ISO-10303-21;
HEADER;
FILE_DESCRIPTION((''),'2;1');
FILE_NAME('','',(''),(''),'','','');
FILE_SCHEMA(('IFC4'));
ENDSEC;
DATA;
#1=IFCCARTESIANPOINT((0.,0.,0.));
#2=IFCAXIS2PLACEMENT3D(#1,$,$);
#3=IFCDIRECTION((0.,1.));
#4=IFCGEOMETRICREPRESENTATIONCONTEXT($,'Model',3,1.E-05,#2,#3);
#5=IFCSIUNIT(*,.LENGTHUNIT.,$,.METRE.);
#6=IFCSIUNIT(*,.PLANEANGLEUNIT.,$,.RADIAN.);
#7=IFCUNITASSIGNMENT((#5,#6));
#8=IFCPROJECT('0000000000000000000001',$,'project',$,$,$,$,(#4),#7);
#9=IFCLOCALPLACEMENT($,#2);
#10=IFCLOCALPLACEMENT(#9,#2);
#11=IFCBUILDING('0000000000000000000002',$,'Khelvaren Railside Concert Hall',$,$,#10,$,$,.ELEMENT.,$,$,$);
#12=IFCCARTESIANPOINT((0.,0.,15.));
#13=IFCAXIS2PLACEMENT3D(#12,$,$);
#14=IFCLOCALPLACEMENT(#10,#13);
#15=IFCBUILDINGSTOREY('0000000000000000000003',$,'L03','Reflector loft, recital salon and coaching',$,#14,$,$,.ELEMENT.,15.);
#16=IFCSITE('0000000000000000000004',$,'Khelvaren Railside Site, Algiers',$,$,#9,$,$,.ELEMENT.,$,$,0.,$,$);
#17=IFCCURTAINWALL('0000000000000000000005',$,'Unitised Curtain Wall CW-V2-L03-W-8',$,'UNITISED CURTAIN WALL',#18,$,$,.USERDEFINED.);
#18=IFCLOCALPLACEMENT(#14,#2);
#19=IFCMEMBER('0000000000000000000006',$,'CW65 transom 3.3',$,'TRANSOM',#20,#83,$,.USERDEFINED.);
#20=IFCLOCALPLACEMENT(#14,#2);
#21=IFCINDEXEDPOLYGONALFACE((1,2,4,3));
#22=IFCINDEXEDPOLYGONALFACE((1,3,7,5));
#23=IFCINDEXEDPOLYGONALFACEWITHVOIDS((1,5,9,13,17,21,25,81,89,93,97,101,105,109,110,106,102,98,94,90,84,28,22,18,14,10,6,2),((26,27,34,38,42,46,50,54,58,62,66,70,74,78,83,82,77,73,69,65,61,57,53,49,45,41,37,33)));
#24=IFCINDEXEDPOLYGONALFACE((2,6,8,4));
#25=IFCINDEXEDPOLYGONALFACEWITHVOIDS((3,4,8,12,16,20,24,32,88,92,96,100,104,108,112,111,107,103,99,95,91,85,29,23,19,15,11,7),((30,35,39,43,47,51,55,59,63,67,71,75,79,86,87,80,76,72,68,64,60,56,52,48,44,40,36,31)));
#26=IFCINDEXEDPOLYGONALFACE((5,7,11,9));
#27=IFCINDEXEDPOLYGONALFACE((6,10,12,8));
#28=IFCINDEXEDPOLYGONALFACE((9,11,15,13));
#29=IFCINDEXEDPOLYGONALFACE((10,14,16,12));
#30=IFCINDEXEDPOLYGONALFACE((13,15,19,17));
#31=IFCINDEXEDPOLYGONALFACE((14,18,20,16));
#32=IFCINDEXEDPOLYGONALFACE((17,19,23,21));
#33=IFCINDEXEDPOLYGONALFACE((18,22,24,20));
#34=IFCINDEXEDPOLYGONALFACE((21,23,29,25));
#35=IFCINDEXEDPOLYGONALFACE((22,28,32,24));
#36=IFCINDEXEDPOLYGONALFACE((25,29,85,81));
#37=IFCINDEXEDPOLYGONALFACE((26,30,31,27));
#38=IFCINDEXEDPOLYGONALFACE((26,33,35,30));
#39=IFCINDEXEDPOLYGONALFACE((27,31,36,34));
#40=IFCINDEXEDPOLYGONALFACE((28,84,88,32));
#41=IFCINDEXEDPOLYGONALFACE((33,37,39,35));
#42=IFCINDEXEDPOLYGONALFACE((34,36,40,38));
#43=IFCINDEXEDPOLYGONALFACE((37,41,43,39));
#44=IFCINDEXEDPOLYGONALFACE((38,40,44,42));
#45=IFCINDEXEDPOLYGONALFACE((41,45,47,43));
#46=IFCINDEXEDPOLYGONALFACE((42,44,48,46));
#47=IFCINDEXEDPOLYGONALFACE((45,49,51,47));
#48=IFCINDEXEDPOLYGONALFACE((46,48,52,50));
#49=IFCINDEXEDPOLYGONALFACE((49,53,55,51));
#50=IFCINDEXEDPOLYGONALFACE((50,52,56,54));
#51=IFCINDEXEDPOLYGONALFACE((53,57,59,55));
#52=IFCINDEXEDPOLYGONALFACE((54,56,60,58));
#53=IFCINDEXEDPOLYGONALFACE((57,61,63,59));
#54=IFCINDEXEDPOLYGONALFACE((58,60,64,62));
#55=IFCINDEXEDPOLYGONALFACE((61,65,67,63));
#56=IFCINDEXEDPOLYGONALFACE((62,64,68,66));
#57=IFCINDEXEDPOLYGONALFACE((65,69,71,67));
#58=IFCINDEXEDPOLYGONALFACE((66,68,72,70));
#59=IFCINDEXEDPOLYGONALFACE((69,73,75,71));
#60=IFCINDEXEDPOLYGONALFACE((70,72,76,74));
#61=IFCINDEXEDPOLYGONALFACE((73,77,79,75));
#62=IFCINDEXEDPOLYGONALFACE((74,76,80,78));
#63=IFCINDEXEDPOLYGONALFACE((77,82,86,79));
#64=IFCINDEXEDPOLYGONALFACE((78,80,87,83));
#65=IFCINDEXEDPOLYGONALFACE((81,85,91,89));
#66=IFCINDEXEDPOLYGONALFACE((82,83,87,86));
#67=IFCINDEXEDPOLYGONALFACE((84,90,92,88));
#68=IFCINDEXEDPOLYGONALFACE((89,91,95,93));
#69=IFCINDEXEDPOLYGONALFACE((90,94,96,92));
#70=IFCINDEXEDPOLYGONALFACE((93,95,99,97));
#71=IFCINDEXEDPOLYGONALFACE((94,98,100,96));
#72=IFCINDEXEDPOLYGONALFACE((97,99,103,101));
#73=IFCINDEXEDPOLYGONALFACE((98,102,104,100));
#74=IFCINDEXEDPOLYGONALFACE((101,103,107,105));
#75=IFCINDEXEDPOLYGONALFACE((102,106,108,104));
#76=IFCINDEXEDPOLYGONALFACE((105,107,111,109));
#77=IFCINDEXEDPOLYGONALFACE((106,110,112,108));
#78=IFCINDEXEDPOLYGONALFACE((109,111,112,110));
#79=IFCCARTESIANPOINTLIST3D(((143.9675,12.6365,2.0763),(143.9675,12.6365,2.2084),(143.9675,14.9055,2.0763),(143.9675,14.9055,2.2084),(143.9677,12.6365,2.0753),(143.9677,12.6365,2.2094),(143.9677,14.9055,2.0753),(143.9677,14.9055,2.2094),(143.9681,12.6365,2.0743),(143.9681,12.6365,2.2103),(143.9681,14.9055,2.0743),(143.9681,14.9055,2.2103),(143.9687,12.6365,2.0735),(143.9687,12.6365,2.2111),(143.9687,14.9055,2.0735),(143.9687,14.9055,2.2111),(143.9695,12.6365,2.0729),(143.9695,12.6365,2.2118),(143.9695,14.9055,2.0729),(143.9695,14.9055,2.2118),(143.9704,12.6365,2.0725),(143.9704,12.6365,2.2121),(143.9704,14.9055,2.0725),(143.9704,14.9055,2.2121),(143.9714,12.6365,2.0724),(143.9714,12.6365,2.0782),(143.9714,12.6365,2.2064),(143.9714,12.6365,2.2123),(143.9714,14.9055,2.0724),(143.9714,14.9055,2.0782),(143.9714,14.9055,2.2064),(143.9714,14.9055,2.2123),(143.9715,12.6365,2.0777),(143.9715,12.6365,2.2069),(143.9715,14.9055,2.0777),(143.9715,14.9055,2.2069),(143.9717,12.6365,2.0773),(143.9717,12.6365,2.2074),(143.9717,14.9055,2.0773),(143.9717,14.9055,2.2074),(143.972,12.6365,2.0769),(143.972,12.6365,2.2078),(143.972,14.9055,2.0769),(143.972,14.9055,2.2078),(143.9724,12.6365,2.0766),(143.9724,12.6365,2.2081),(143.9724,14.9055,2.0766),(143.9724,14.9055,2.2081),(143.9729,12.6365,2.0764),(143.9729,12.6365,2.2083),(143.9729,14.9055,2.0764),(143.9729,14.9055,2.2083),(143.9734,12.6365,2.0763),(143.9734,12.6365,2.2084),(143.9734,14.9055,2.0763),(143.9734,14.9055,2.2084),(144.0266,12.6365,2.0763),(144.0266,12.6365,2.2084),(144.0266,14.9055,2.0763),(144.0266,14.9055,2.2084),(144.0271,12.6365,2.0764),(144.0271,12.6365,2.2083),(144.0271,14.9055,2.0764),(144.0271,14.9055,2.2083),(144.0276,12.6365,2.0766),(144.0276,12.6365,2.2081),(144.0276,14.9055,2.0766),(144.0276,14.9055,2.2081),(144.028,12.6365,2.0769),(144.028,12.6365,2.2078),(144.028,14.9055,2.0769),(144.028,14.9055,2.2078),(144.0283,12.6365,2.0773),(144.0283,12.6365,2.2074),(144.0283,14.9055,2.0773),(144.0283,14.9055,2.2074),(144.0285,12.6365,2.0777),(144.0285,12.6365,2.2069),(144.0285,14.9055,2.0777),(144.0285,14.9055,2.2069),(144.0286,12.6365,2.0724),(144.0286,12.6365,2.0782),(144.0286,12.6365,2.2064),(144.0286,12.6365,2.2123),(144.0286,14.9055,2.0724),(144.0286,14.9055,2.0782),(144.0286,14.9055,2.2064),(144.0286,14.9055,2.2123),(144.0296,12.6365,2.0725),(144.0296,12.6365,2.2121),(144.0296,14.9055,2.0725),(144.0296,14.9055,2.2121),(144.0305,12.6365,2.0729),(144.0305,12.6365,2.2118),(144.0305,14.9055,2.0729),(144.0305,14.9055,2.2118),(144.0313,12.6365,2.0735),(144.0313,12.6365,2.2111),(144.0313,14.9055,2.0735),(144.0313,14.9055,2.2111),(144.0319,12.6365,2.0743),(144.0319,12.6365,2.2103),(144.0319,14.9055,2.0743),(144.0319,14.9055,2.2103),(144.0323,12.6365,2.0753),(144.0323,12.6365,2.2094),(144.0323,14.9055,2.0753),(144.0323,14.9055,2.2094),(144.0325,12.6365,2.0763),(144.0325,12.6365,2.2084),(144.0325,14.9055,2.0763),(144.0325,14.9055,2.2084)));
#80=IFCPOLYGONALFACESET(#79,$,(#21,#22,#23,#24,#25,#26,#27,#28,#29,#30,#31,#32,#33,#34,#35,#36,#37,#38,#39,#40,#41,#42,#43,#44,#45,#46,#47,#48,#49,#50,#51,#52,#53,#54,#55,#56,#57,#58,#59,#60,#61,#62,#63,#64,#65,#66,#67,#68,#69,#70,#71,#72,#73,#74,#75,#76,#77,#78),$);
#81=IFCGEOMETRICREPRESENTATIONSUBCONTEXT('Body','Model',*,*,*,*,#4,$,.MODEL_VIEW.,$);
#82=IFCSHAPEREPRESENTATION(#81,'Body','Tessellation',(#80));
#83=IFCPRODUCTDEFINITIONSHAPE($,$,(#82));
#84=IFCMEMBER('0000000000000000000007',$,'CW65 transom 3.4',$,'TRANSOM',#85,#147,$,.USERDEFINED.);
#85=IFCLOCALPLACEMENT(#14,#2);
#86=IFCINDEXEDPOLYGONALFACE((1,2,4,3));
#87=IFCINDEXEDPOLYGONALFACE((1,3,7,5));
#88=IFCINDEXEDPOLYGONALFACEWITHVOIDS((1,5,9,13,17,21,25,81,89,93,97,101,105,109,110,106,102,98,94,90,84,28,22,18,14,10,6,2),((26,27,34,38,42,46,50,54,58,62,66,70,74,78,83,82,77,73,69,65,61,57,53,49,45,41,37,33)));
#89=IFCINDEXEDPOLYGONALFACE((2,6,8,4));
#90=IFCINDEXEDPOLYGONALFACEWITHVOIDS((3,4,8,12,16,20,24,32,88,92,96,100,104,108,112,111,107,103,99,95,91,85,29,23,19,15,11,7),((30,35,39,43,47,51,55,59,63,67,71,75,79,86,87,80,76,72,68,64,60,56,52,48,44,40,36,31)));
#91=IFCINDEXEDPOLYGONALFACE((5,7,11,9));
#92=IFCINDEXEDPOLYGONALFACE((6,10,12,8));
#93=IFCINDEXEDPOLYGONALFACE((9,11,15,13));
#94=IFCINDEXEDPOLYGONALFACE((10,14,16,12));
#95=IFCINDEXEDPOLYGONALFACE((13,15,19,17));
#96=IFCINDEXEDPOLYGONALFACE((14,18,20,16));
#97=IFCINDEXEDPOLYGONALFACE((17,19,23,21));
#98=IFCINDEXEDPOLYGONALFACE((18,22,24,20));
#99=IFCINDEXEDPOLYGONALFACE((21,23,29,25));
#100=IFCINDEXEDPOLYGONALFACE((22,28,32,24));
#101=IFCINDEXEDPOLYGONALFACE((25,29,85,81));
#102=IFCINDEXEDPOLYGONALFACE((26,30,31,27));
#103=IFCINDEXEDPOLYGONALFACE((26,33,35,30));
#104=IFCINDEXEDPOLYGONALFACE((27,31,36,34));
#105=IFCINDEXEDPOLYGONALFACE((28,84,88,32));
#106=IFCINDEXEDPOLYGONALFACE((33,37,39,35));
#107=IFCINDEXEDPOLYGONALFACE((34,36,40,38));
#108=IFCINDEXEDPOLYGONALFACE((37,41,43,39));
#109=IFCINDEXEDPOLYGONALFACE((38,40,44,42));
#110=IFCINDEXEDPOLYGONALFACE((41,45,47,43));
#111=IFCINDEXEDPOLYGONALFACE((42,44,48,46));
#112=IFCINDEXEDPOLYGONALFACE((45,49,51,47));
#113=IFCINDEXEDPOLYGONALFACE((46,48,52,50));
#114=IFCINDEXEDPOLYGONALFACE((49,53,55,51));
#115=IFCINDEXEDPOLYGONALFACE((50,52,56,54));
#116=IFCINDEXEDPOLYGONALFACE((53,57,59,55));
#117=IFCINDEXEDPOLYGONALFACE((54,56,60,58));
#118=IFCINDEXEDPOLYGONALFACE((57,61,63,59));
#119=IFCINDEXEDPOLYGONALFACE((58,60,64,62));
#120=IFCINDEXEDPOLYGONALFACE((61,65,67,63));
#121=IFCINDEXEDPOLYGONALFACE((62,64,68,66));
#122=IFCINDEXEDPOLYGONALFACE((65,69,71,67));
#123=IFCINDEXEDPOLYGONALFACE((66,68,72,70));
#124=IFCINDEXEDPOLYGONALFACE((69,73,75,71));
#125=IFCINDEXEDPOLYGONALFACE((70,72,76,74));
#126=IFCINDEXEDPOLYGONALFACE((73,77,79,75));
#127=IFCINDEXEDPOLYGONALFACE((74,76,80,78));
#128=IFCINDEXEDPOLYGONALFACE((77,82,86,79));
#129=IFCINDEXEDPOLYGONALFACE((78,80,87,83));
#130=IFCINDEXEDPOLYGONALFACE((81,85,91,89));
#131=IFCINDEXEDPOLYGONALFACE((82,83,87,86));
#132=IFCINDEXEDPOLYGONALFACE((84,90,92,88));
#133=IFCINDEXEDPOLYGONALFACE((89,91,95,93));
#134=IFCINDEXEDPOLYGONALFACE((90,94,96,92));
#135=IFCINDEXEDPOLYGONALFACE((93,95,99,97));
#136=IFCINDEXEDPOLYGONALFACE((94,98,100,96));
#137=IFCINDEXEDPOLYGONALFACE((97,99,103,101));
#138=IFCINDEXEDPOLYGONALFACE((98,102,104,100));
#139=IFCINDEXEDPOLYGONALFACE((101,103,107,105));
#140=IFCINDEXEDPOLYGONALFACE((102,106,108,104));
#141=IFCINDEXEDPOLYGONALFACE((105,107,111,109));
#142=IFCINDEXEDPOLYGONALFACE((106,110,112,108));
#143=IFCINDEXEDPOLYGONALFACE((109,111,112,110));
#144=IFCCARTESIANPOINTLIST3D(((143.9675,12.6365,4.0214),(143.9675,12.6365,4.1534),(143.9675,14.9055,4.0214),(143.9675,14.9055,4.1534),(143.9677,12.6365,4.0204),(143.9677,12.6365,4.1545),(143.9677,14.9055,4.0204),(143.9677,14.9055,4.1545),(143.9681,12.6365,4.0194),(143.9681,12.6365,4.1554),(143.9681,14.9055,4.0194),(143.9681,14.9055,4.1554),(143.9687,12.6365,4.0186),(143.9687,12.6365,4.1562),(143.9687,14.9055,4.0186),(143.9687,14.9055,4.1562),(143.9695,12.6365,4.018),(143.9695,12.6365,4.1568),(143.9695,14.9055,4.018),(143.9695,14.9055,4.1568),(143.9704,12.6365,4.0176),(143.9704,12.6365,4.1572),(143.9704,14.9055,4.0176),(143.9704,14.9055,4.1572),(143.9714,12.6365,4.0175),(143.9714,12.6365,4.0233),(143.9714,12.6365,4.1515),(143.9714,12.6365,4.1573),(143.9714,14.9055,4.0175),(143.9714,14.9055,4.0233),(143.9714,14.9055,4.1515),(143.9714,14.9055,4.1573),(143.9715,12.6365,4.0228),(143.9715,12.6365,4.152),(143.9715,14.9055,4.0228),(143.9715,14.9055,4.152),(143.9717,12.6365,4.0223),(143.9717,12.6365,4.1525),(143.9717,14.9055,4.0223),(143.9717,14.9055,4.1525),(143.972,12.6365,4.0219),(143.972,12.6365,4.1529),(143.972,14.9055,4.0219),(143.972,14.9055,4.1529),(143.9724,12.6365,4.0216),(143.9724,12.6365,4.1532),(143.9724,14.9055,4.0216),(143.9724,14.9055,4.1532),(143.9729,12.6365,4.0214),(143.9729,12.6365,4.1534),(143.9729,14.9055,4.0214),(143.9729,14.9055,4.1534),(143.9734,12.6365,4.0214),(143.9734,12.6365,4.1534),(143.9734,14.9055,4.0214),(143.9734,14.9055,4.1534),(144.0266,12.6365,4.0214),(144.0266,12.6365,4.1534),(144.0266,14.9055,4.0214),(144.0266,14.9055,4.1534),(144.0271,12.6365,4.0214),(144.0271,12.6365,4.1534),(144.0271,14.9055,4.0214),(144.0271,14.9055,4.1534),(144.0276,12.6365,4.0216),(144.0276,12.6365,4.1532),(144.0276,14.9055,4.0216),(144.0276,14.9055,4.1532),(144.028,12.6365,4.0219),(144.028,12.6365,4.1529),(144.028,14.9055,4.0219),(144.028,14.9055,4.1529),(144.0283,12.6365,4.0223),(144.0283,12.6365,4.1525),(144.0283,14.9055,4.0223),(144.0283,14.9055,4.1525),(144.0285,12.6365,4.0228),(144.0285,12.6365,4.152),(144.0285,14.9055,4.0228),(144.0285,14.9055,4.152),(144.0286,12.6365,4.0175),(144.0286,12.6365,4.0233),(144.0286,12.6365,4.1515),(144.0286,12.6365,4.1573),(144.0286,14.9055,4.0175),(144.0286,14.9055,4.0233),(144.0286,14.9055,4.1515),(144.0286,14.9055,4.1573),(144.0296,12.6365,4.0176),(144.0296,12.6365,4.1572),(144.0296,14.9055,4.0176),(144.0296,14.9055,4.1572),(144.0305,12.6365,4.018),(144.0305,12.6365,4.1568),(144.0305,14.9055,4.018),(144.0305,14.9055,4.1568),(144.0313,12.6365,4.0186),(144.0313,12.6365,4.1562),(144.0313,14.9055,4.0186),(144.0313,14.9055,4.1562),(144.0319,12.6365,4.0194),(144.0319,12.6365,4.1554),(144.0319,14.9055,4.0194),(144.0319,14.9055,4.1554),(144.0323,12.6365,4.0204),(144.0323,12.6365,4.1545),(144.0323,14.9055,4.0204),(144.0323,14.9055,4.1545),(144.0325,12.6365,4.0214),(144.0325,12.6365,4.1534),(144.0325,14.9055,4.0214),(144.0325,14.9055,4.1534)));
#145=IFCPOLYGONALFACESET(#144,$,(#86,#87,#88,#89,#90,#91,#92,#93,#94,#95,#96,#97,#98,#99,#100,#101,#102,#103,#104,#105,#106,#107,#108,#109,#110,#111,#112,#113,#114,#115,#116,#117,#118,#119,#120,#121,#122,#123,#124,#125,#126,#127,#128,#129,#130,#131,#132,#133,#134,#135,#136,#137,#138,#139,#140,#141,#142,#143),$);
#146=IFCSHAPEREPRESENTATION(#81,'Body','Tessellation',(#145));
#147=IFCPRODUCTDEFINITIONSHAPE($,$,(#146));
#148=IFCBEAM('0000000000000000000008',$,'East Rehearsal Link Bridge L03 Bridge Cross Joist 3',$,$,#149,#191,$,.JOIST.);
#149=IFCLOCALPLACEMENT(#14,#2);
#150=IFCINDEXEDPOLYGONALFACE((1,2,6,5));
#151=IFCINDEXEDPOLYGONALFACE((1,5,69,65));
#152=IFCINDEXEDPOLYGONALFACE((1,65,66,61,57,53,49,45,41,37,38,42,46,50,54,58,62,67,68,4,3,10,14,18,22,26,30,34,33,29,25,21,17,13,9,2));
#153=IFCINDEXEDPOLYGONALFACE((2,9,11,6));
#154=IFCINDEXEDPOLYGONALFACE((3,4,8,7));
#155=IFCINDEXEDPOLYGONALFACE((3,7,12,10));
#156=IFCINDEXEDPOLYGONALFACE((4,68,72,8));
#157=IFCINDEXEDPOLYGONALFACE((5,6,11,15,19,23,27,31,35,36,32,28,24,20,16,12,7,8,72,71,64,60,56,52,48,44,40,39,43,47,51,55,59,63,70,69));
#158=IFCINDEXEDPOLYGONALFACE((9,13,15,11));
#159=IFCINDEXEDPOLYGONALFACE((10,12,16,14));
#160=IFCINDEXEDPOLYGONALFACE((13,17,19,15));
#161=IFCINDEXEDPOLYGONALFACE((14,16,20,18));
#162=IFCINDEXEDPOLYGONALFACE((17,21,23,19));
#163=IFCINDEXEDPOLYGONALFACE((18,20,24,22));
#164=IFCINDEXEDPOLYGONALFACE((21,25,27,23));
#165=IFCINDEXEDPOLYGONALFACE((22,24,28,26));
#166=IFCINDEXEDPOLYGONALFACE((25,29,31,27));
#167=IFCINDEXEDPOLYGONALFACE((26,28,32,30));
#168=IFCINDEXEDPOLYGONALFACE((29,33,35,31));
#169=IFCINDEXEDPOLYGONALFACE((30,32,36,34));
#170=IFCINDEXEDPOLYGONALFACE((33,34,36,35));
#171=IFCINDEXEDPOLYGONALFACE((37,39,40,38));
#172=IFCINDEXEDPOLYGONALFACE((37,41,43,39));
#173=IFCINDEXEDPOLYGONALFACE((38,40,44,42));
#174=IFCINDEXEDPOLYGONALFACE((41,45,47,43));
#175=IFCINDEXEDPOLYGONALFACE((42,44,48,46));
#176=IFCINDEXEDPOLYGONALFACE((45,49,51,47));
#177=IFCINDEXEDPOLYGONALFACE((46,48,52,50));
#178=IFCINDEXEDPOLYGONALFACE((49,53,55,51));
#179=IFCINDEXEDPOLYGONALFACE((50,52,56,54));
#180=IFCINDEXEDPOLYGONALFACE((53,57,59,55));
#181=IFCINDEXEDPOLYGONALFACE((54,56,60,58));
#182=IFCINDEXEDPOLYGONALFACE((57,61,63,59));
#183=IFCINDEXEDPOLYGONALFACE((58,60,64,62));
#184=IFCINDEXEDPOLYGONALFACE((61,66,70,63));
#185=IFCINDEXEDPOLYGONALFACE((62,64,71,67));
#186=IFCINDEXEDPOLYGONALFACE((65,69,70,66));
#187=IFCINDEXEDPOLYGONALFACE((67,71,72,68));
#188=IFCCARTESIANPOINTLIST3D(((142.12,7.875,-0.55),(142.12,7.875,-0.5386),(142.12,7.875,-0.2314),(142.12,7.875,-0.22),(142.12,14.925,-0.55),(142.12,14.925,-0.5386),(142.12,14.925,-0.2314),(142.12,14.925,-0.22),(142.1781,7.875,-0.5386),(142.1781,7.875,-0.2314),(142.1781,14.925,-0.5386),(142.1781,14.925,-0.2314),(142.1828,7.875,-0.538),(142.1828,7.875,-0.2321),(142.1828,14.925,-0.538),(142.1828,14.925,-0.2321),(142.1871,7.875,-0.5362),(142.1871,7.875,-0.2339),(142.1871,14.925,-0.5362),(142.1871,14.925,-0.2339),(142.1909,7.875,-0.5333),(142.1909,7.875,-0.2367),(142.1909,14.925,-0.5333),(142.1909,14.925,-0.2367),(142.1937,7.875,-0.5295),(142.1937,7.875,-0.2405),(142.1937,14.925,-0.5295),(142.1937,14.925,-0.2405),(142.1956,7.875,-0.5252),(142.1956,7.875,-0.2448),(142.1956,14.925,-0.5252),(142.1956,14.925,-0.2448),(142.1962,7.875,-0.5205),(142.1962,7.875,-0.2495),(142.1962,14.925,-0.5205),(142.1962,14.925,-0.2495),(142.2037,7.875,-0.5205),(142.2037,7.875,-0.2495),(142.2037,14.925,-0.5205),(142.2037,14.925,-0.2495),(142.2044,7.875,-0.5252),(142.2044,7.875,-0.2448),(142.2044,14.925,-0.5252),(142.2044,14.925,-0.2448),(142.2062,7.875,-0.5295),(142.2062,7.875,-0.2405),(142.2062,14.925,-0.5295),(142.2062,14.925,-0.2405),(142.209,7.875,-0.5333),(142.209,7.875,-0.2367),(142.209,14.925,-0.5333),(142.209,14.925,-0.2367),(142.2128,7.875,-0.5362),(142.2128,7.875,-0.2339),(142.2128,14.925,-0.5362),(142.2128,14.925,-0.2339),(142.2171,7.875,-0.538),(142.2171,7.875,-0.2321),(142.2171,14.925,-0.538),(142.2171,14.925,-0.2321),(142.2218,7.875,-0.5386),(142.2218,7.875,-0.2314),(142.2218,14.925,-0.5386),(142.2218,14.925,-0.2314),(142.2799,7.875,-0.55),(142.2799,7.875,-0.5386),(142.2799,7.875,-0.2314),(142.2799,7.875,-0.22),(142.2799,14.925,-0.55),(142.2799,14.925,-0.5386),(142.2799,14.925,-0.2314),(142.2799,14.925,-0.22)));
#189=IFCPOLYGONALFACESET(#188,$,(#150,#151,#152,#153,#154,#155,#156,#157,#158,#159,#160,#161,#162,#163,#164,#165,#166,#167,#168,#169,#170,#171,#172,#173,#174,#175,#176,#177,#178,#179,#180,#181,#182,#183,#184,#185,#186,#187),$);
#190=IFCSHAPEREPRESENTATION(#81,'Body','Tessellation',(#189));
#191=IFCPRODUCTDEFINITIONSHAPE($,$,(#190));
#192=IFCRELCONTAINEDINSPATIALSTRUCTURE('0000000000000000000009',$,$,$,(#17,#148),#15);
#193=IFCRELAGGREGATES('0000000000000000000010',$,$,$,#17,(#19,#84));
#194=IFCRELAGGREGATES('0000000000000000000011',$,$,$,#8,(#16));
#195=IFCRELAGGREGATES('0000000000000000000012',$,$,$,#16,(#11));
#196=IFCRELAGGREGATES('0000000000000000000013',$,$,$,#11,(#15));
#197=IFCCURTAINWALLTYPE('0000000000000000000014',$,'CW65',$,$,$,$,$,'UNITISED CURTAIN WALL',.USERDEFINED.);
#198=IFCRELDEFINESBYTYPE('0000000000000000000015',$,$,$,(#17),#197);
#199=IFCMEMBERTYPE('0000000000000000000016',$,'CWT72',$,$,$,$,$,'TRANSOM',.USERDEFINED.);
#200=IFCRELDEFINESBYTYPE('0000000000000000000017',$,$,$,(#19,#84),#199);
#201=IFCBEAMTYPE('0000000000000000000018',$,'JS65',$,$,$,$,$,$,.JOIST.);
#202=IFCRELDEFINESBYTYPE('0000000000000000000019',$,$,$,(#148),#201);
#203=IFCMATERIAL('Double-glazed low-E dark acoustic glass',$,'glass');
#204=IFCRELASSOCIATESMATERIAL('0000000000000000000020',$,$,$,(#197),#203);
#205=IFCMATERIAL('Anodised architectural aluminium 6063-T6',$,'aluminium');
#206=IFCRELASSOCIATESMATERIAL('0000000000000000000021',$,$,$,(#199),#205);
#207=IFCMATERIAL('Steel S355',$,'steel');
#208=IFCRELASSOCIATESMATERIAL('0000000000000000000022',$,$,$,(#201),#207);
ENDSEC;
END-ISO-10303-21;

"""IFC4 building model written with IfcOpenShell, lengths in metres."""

from ifc_helpers import new_model, si_unit, direction, frame, origin, origin_2d, place, context, subcontext, project, spatial, hollow_rectangle, i_section, extrude, material, material_profile, profile_set, type_object, element, aggregate, save


model = new_model("IFC4")

# Units and contexts
model_context = context("Model", 3, precision=1e-05, world=origin(), true_north=direction((0.0, 1.0)))
body_context = subcontext(model_context, "Body", "Model", "MODEL_VIEW")
ifc_project = project(units=[si_unit("LENGTHUNIT", "METRE"), si_unit("PLANEANGLEUNIT", "RADIAN")], contexts=[model_context])

# Site, building, storey
site_placement = place(None, origin())
site = spatial("IfcSite", under=ifc_project, at=site_placement, Name="Khelvaren Railside Site, Algiers", CompositionType="ELEMENT", RefElevation=0.0)
building_placement = place(site_placement, origin())
building = spatial("IfcBuilding", under=site, at=building_placement, Name="Khelvaren Railside Concert Hall", CompositionType="ELEMENT")
storey_placement = place(building_placement, frame((0.0, 0.0, 15.0)))
storey = spatial("IfcBuildingStorey", under=building, at=storey_placement, Name="L03", Description="Reflector loft, recital salon and coaching", CompositionType="ELEMENT", Elevation=15.0)

# Shared definitions
ifc_material_1 = material(Name="Steel S355", Category="steel")

# Shared definitions
ifc_material_2 = material(Name="Anodised architectural aluminium 6063-T6", Category="aluminium")

# Curtain wall, members
ifc_material_3 = material(Name="Double-glazed low-E dark acoustic glass", Category="glass")
curtain_wall_type_1 = type_object("IfcCurtainWallType", Name="CW65", ElementType="UNITISED CURTAIN WALL", PredefinedType="USERDEFINED", material=ifc_material_3)
curtain_wall_1_placement = place(storey_placement, origin())
curtain_wall_1 = element("IfcCurtainWall", 1, at=curtain_wall_1_placement, inside=storey, type_object=curtain_wall_type_1, Name="Unitised Curtain Wall CW-V2-L03-W-8", ObjectType="UNITISED CURTAIN WALL", PredefinedType="USERDEFINED")
ifc_material_profile_1 = material_profile(ifc_material_2, hollow_rectangle(XDim=0.0649, YDim=0.1399, WallThickness=0.0039, InnerFilletRadius=0.002, OuterFilletRadius=0.0039, at=origin_2d()), Name="CWT 65x140x4")
ifc_profile_set_1 = profile_set([ifc_material_profile_1], Name="Anodised architectural aluminium 6063-T6")
member_type_1 = type_object("IfcMemberType", Name="CWT72", ElementType="TRANSOM", PredefinedType="USERDEFINED", material=ifc_profile_set_1)
member_1_placement = place(storey_placement, frame((144.0, 12.6365, 2.1423), z_axis=(0.0, 1.0, 0.0), x_axis=(-1.0, 0.0, 0.0)))
member_1 = element("IfcMember", 2, at=member_1_placement, type_object=member_type_1, Name="CW65 transom 3.3", ObjectType="TRANSOM", PredefinedType="USERDEFINED", context=body_context, shape_type="SweptSolid", body=[
    extrude(hollow_rectangle(XDim=0.0649, YDim=0.1399, WallThickness=0.0039, InnerFilletRadius=0.002, OuterFilletRadius=0.0039, at=origin_2d()), origin(), (0.0, 0.0, 1.0), 2.269),
])
member_2_placement = place(storey_placement, frame((144.0, 12.6365, 4.0874), z_axis=(0.0, 1.0, 0.0), x_axis=(-1.0, 0.0, 0.0)))
member_2 = element("IfcMember", 3, at=member_2_placement, type_object=member_type_1, Name="CW65 transom 3.4", ObjectType="TRANSOM", PredefinedType="USERDEFINED", context=body_context, shape_type="SweptSolid", body=[
    extrude(hollow_rectangle(XDim=0.0649, YDim=0.1399, WallThickness=0.0039, InnerFilletRadius=0.002, OuterFilletRadius=0.0039, at=origin_2d()), origin(), (0.0, 0.0, 1.0), 2.269),
])

# Beam
ifc_material_profile_2 = material_profile(ifc_material_1, i_section(OverallWidth=0.1599, OverallDepth=0.3301, WebThickness=0.0076, FlangeThickness=0.0115, FilletRadius=0.0181, at=origin_2d()), Name="IPE 330")
ifc_profile_set_2 = profile_set([ifc_material_profile_2], Name="Steel S355")
beam_type_1 = type_object("IfcBeamType", Name="JS65", PredefinedType="JOIST", material=ifc_profile_set_2)
beam_1_placement = place(storey_placement, frame((142.2, 7.875, -0.385), z_axis=(0.0, 1.0, 0.0), x_axis=(-1.0, 0.0, 0.0)))
element("IfcBeam", 4, at=beam_1_placement, inside=storey, type_object=beam_type_1, Name="East Rehearsal Link Bridge L03 Bridge Cross Joist 3", PredefinedType="JOIST", context=body_context, shape_type="SweptSolid", body=[
    extrude(i_section(OverallWidth=0.1599, OverallDepth=0.3301, WebThickness=0.0076, FlangeThickness=0.0115, FilletRadius=0.0181, at=origin_2d()), origin(), (0.0, 0.0, 1.0), 7.05),
])

aggregate(curtain_wall_1, [member_1, member_2])

save(model, "model.ifc")
